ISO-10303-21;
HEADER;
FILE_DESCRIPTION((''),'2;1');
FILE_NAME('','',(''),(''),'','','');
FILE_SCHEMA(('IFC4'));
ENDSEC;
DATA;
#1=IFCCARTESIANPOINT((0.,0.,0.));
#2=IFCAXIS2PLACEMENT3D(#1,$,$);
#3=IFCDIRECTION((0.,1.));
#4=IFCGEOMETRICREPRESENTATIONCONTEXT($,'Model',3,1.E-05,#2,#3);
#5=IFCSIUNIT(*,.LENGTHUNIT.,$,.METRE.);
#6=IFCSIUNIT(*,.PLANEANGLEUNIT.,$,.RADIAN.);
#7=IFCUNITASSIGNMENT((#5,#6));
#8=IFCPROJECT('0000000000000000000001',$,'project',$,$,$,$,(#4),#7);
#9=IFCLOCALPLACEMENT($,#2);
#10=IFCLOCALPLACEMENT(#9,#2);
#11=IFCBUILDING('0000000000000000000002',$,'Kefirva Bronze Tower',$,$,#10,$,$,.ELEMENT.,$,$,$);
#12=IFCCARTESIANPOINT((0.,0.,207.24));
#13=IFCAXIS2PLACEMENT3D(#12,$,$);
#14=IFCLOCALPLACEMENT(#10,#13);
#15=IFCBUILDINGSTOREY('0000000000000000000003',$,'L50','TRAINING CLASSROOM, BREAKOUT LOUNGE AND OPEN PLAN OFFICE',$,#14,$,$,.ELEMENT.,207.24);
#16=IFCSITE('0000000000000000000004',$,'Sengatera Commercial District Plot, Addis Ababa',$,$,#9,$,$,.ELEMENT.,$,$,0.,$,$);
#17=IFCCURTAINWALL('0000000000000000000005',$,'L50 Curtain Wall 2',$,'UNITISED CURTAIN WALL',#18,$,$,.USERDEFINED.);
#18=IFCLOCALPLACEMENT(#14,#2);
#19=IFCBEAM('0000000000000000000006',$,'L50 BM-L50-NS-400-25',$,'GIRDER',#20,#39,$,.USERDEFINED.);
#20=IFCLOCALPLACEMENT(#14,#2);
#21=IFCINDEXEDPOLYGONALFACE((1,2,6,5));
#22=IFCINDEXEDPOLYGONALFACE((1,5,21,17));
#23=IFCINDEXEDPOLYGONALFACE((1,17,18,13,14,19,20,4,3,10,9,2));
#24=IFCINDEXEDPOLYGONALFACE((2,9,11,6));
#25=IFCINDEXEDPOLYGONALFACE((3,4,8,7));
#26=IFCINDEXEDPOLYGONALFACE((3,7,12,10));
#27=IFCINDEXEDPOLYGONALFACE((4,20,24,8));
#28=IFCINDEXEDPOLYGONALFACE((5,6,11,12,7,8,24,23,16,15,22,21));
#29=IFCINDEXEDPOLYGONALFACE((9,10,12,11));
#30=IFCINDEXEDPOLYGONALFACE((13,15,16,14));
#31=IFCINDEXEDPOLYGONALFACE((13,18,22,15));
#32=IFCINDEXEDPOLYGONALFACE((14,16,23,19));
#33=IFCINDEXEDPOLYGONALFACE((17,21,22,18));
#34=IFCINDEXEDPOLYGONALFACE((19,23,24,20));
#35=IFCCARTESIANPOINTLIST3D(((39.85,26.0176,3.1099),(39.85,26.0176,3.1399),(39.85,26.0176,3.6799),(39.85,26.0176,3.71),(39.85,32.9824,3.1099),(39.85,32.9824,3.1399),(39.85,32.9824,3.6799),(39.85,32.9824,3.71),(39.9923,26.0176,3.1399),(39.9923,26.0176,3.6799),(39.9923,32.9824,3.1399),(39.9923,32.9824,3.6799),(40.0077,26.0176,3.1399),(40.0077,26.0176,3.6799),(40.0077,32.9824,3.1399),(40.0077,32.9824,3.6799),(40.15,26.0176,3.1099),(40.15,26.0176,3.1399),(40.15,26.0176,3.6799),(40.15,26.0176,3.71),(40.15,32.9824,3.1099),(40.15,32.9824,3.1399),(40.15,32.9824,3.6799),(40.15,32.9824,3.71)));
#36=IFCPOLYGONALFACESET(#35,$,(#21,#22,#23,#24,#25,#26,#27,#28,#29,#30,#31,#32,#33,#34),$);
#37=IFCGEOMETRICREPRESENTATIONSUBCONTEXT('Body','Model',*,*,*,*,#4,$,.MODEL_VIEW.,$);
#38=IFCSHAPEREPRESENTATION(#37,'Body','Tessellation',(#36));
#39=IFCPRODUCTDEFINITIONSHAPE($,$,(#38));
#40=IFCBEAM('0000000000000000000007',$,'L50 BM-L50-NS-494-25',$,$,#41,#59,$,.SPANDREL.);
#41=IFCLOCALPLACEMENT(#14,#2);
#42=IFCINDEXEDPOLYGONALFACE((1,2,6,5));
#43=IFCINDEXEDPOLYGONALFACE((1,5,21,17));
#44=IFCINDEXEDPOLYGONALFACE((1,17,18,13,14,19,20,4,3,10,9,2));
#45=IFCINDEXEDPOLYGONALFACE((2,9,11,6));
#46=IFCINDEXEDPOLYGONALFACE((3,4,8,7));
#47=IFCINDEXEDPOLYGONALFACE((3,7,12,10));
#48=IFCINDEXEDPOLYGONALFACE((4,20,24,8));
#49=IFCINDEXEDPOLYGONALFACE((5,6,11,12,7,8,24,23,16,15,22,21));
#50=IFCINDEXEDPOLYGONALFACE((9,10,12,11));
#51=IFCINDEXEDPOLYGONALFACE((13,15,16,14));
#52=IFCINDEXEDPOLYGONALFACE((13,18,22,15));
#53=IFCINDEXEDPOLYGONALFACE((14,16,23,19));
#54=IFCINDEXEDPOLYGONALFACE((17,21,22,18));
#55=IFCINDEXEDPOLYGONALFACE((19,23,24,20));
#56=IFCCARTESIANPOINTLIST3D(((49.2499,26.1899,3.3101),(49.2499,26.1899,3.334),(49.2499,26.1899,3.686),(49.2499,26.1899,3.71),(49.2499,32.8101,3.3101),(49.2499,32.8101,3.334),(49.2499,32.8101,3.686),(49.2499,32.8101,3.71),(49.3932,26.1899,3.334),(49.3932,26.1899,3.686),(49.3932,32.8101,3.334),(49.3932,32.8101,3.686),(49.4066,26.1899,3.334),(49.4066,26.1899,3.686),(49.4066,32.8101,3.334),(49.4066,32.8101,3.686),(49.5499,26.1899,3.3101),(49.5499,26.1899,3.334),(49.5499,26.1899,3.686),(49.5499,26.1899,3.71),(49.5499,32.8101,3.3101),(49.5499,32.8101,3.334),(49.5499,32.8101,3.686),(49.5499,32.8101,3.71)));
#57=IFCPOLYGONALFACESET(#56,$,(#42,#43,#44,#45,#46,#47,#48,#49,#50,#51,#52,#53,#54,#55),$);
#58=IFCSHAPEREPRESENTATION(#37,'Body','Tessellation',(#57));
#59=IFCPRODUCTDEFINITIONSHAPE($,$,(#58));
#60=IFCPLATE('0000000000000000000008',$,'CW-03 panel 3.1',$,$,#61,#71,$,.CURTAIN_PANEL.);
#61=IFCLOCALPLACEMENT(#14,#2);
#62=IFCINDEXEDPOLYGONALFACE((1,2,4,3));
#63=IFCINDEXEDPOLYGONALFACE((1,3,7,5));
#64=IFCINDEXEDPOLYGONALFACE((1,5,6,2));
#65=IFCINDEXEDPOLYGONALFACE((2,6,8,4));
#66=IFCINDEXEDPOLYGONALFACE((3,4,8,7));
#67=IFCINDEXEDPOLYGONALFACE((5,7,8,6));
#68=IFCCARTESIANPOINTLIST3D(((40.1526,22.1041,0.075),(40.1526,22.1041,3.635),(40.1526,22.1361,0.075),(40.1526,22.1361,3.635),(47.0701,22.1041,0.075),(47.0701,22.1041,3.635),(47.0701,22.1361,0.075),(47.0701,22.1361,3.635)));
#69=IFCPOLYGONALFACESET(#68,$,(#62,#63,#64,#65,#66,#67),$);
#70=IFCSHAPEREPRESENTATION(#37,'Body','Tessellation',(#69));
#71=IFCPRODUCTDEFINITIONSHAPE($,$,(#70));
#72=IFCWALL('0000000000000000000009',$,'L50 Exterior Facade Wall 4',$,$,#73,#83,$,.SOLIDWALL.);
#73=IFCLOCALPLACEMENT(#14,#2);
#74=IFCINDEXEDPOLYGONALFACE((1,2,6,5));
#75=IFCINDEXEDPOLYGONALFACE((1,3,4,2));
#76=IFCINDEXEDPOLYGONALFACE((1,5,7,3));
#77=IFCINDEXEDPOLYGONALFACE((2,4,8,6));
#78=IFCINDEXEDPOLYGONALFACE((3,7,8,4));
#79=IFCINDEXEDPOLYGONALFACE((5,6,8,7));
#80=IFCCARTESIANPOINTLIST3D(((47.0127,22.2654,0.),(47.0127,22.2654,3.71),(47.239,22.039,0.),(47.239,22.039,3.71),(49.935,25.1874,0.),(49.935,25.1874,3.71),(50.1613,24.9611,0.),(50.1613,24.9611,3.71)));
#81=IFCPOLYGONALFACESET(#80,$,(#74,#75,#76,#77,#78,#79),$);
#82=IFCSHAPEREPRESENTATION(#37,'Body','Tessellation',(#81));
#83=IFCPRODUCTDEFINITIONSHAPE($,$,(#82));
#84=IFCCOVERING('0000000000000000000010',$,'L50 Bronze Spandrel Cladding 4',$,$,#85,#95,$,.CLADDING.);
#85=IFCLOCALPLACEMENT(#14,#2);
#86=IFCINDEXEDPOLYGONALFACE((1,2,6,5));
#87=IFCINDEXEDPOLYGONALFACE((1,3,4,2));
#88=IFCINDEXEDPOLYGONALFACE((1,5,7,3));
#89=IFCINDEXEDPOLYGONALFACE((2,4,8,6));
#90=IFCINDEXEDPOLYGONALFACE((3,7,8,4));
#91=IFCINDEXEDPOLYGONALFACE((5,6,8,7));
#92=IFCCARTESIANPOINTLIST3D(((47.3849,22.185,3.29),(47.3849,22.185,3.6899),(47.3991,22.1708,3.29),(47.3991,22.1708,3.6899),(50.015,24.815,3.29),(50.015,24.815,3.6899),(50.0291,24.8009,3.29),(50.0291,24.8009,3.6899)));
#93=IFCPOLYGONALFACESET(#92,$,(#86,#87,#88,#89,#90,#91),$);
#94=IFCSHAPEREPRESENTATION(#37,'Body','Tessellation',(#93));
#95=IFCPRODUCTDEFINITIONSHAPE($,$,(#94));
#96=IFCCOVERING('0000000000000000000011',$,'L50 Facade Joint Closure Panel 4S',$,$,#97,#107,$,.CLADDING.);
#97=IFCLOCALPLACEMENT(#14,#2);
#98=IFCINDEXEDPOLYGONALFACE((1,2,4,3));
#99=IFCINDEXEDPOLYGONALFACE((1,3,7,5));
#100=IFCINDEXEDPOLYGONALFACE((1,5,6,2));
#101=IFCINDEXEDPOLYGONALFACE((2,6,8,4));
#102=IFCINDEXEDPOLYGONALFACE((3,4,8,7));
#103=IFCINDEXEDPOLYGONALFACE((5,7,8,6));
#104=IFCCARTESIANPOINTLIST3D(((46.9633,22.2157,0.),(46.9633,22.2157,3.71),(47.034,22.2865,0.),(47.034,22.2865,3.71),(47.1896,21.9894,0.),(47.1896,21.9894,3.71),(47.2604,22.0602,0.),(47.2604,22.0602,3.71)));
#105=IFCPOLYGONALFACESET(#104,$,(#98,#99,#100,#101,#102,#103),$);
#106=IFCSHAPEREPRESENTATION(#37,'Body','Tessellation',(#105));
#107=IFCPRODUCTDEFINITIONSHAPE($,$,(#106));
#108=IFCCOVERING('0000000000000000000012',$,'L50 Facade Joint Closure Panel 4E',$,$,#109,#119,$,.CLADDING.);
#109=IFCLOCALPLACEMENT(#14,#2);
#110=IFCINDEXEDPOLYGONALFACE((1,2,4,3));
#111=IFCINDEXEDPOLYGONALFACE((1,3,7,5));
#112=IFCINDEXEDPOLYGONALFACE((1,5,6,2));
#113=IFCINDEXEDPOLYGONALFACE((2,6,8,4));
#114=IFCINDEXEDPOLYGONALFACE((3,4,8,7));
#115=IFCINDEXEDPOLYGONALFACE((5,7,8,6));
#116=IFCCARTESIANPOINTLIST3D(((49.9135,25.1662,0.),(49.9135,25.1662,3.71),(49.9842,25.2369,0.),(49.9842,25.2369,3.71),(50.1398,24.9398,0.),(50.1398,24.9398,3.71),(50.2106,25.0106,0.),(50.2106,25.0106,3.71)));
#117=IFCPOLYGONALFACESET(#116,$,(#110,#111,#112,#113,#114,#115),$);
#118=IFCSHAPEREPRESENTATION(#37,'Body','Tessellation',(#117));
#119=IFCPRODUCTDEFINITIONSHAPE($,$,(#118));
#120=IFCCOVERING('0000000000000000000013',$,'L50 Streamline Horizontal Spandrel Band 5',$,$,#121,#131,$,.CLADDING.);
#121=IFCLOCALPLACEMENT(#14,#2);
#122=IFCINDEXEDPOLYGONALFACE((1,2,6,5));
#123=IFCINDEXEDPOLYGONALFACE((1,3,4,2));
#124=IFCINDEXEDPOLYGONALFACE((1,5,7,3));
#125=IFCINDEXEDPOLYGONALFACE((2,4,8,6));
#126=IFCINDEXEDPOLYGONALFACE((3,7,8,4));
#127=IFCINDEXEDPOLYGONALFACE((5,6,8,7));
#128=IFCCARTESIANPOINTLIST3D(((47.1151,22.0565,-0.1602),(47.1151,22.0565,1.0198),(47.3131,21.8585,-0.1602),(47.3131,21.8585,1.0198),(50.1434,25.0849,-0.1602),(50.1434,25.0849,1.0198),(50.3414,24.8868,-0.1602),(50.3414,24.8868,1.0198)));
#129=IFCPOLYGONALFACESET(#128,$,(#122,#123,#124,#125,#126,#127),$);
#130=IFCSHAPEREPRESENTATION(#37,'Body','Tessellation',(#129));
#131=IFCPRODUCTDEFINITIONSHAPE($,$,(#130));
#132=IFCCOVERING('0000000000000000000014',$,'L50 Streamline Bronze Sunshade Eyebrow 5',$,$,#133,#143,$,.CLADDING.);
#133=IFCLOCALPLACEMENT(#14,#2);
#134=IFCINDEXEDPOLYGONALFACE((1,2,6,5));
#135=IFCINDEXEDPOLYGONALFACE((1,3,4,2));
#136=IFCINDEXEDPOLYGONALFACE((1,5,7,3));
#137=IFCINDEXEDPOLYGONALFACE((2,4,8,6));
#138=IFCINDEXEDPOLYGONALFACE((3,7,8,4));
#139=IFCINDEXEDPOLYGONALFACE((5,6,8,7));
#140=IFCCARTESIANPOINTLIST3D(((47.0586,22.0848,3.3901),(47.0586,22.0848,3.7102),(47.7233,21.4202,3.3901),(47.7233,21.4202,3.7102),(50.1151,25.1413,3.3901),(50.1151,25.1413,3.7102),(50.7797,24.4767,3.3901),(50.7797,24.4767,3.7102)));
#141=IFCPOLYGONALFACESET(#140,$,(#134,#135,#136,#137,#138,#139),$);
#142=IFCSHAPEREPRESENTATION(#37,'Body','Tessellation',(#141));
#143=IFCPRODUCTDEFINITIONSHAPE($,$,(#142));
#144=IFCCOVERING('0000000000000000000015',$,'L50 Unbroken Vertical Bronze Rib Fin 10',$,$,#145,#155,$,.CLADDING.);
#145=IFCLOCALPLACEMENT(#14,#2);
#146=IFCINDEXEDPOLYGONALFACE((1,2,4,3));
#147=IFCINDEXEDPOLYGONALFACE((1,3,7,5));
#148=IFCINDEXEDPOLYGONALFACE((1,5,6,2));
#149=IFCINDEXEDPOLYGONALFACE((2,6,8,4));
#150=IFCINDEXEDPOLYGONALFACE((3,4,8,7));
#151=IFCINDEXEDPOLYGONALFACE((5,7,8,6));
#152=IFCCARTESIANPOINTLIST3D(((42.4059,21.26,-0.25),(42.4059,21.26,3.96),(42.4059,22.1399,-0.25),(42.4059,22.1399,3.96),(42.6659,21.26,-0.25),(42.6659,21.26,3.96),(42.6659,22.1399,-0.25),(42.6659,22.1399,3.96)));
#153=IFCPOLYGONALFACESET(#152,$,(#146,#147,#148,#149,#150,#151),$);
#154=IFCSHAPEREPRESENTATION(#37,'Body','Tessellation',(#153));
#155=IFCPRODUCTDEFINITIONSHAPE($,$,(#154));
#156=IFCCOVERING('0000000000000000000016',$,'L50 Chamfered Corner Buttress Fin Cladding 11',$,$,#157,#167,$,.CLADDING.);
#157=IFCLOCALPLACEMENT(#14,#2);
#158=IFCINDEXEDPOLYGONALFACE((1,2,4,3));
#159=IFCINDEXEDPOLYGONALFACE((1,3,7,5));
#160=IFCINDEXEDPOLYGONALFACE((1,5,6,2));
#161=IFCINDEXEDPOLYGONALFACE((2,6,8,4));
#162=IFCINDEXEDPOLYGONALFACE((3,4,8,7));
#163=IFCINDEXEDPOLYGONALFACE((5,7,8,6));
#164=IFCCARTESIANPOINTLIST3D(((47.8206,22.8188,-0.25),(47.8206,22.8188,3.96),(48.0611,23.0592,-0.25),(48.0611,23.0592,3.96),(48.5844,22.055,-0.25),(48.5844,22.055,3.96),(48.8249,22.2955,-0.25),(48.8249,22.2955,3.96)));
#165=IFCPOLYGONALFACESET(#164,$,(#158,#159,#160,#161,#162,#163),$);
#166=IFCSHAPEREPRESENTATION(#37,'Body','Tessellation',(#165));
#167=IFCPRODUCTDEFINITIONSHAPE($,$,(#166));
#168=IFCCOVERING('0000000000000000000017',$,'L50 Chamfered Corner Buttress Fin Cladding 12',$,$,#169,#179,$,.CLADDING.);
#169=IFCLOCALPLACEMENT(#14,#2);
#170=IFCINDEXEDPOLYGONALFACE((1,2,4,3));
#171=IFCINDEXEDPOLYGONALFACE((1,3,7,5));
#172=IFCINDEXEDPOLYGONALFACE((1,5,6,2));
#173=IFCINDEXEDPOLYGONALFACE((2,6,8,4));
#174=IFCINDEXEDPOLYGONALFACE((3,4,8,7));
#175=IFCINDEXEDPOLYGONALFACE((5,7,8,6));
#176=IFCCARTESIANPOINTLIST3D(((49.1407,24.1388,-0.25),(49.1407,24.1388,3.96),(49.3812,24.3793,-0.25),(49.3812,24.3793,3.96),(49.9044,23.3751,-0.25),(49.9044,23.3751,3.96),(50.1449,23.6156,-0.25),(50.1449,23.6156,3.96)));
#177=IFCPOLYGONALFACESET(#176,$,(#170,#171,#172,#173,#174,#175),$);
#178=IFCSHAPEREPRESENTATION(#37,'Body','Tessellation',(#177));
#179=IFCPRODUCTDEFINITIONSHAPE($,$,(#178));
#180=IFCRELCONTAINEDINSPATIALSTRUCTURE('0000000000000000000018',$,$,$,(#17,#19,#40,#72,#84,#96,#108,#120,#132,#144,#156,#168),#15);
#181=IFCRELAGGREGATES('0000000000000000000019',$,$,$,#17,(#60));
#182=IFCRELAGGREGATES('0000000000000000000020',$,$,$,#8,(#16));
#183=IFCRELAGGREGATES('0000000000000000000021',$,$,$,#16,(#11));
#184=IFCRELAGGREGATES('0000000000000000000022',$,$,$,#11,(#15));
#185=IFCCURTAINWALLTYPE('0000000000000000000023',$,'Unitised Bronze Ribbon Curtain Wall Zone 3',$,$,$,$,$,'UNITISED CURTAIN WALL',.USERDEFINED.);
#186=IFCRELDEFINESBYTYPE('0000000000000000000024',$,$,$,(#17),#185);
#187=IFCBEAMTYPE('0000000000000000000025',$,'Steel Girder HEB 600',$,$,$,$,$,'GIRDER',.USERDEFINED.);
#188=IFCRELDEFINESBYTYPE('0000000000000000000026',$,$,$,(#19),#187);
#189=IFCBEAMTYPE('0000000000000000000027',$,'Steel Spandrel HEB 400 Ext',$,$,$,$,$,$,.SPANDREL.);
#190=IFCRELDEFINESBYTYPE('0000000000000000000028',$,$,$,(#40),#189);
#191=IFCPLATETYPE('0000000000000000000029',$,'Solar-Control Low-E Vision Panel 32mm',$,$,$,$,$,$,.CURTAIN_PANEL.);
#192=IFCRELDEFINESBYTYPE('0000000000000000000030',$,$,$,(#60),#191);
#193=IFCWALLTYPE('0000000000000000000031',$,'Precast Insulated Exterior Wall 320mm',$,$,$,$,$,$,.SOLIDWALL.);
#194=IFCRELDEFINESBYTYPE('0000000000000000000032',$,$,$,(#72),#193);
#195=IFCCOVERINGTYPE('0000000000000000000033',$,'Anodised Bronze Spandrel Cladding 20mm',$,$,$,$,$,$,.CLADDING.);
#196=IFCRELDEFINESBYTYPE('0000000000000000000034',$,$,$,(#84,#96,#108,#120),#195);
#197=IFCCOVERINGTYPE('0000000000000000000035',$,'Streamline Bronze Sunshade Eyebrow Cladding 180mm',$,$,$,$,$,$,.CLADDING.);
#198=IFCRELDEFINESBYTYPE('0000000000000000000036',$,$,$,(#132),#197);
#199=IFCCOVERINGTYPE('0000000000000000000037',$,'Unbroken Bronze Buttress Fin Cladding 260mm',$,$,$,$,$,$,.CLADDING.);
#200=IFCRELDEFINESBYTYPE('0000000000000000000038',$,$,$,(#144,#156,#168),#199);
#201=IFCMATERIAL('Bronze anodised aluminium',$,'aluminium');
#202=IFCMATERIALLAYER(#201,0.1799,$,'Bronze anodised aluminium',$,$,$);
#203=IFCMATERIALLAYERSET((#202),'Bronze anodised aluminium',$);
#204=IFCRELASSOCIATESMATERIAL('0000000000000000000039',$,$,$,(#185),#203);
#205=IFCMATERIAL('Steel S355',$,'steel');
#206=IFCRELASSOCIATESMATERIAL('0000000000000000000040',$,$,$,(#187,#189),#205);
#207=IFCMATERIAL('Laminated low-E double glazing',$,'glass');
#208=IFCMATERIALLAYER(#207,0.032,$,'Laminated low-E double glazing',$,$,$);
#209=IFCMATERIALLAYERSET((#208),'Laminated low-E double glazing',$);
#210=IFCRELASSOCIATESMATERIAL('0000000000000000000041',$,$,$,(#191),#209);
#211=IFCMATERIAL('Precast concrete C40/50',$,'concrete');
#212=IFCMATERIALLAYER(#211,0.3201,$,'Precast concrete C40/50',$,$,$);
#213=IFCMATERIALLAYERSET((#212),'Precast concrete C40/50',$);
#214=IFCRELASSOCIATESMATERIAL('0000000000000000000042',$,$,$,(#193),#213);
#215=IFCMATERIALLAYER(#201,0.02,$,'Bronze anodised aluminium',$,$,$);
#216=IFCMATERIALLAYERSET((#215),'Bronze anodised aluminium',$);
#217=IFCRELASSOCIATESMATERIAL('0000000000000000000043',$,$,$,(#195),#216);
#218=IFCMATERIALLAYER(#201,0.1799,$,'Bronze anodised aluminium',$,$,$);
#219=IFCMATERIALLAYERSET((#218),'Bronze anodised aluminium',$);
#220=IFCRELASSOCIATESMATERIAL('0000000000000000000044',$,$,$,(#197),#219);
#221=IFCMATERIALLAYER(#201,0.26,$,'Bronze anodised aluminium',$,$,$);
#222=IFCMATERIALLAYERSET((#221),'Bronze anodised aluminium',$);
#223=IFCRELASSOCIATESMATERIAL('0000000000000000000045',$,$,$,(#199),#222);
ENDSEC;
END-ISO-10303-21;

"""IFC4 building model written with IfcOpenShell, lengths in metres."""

from ifc_helpers import new_model, si_unit, direction, frame, frame_2d, origin, origin_2d, place, context, subcontext, project, spatial, rectangle, i_section, extrude, material, layer, layer_set, material_profile, profile_set, type_object, element, aggregate, save


model = new_model("IFC4")

# Units and contexts
model_context = context("Model", 3, precision=1e-05, world=origin(), true_north=direction((0.0, 1.0)))
body_context = subcontext(model_context, "Body", "Model", "MODEL_VIEW")
ifc_project = project(units=[si_unit("LENGTHUNIT", "METRE"), si_unit("PLANEANGLEUNIT", "RADIAN")], contexts=[model_context])

# Site, building, storey
site_placement = place(None, origin())
site = spatial("IfcSite", under=ifc_project, at=site_placement, Name="Sengatera Commercial District Plot, Addis Ababa", CompositionType="ELEMENT", RefElevation=0.0)
building_placement = place(site_placement, origin())
building = spatial("IfcBuilding", under=site, at=building_placement, Name="Kefirva Bronze Tower", CompositionType="ELEMENT")
storey_placement = place(building_placement, frame((0.0, 0.0, 207.24)))
storey = spatial("IfcBuildingStorey", under=building, at=storey_placement, Name="L50", Description="TRAINING CLASSROOM, BREAKOUT LOUNGE AND OPEN PLAN OFFICE", CompositionType="ELEMENT", Elevation=207.24)

# Curtain wall
ifc_material_1 = material(Name="Bronze anodised aluminium", Category="aluminium")
ifc_layer_1 = layer(ifc_material_1, 0.1799, Name="Bronze anodised aluminium")
ifc_layer_set_1 = layer_set([ifc_layer_1], Name="Bronze anodised aluminium")
curtain_wall_type = type_object("IfcCurtainWallType", Name="Unitised Bronze Ribbon Curtain Wall Zone 3", ElementType="UNITISED CURTAIN WALL", PredefinedType="USERDEFINED", material=ifc_layer_set_1)
curtain_wall_1_placement = place(storey_placement, origin())
curtain_wall_1 = element("IfcCurtainWall", 1, at=curtain_wall_1_placement, inside=storey, type_object=curtain_wall_type, Name="L50 Curtain Wall 2", ObjectType="UNITISED CURTAIN WALL", PredefinedType="USERDEFINED")

# Beams
ifc_material_2 = material(Name="Steel S355", Category="steel")
ifc_material_profile_1 = material_profile(ifc_material_2, i_section(OverallWidth=0.3, OverallDepth=0.6001, WebThickness=0.0154, FlangeThickness=0.03, at=origin_2d()), Name="HEB 600")
ifc_profile_set_1 = profile_set([ifc_material_profile_1], Name="Steel S355")
beam_type_1 = type_object("IfcBeamType", Name="Steel Girder HEB 600", ElementType="GIRDER", PredefinedType="USERDEFINED", material=ifc_profile_set_1)
beam_1_placement = place(storey_placement, frame((40.0, 26.0176, 3.4099), z_axis=(0.0, 1.0, 0.0), x_axis=(-1.0, 0.0, 0.0)))
element("IfcBeam", 2, at=beam_1_placement, inside=storey, type_object=beam_type_1, Name="L50 BM-L50-NS-400-25", ObjectType="GIRDER", PredefinedType="USERDEFINED", context=body_context, shape_type="SweptSolid", body=[
    extrude(i_section(OverallWidth=0.3, OverallDepth=0.6001, WebThickness=0.0154, FlangeThickness=0.03, at=origin_2d()), origin(), (0.0, 0.0, 1.0), 6.9648),
])
ifc_material_profile_2 = material_profile(ifc_material_2, i_section(OverallWidth=0.3, OverallDepth=0.3999, WebThickness=0.0134, FlangeThickness=0.0239, at=origin_2d()), Name="HEB 400")
ifc_profile_set_2 = profile_set([ifc_material_profile_2], Name="Steel S355")
beam_type_2 = type_object("IfcBeamType", Name="Steel Spandrel HEB 400 Ext", PredefinedType="SPANDREL", material=ifc_profile_set_2)
beam_2_placement = place(storey_placement, frame((49.3999, 26.1899, 3.51), z_axis=(0.0, 1.0, 0.0), x_axis=(-1.0, 0.0, 0.0)))
element("IfcBeam", 3, at=beam_2_placement, inside=storey, type_object=beam_type_2, Name="L50 BM-L50-NS-494-25", PredefinedType="SPANDREL", context=body_context, shape_type="SweptSolid", body=[
    extrude(i_section(OverallWidth=0.3, OverallDepth=0.3999, WebThickness=0.0134, FlangeThickness=0.0239, at=origin_2d()), origin(), (0.0, 0.0, 1.0), 6.6201),
])

# Plate
ifc_material_3 = material(Name="Laminated low-E double glazing", Category="glass")
ifc_layer_2 = layer(ifc_material_3, 0.032, Name="Laminated low-E double glazing")
ifc_layer_set_2 = layer_set([ifc_layer_2], Name="Laminated low-E double glazing")
plate_type = type_object("IfcPlateType", Name="Solar-Control Low-E Vision Panel 32mm", PredefinedType="CURTAIN_PANEL", material=ifc_layer_set_2)
plate_placement = place(storey_placement, frame((43.6113, 22.1201, 0.075), z_axis=(0.0, 0.0, 1.0), x_axis=(1.0, 0.0, 0.0)))
plate = element("IfcPlate", 4, at=plate_placement, type_object=plate_type, Name="CW-03 panel 3.1", PredefinedType="CURTAIN_PANEL", context=body_context, shape_type="SweptSolid", body=[
    extrude(rectangle(XDim=6.9175, YDim=0.032, at=origin_2d()), origin(), (0.0, 0.0, 1.0), 3.5601),
])
aggregate(curtain_wall_1, [plate])

# Wall
ifc_material_4 = material(Name="Precast concrete C40/50", Category="concrete")
ifc_layer_3 = layer(ifc_material_4, 0.3201, Name="Precast concrete C40/50")
ifc_layer_set_3 = layer_set([ifc_layer_3], Name="Precast concrete C40/50")
wall_type = type_object("IfcWallType", Name="Precast Insulated Exterior Wall 320mm", PredefinedType="SOLIDWALL", material=ifc_layer_set_3)
wall_placement = place(storey_placement, frame((47.1257, 22.1521, 0.0), z_axis=(0.0, 0.0, 1.0), x_axis=(0.707136, 0.707077, 0.0)))
element("IfcWall", 5, at=wall_placement, inside=storey, type_object=wall_type, Name="L50 Exterior Facade Wall 4", PredefinedType="SOLIDWALL", context=body_context, shape_type="SweptSolid", body=[
    extrude(rectangle(XDim=4.1326, YDim=0.3201, at=frame_2d((2.0664, 0.0))), origin(), (0.0, 0.0, 1.0), 3.71),
])

# Coverings
ifc_layer_4 = layer(ifc_material_1, 0.02, Name="Bronze anodised aluminium")
ifc_layer_set_4 = layer_set([ifc_layer_4], Name="Bronze anodised aluminium")
covering_type_1 = type_object("IfcCoveringType", Name="Anodised Bronze Spandrel Cladding 20mm", PredefinedType="CLADDING", material=ifc_layer_set_4)
covering_1_placement = place(storey_placement, frame((48.707, 23.4929, 3.29), z_axis=(0.0, 0.0, 1.0), x_axis=(0.707107, 0.707107, 0.0)))
element("IfcCovering", 6, at=covering_1_placement, inside=storey, type_object=covering_type_1, Name="L50 Bronze Spandrel Cladding 4", PredefinedType="CLADDING", context=body_context, shape_type="SweptSolid", body=[
    extrude(rectangle(XDim=3.7195, YDim=0.02, at=origin_2d()), origin(), (0.0, 0.0, 1.0), 0.3999),
])
for number, where, z_axis, x_axis, name in (
    (7, (47.1118, 22.1379, 0.0), (0.0, 0.0, 1.0), (0.707107, 0.707107, 0.0), "L50 Facade Joint Closure Panel 4S"),
    (8, (50.062, 25.0884, 0.0), (0.0, 0.0, 1.0), (0.707107, 0.707107, 0.0), "L50 Facade Joint Closure Panel 4E"),
):
    element("IfcCovering", number, at=place(storey_placement, frame(where, z_axis=z_axis, x_axis=x_axis)), inside=storey, type_object=covering_type_1, Name=name, PredefinedType="CLADDING", context=body_context, shape_type="SweptSolid", body=[
        extrude(rectangle(XDim=0.1001, YDim=0.3201, at=origin_2d()), origin(), (0.0, 0.0, 1.0), 3.71),
    ])
covering_2_placement = place(storey_placement, frame((48.7283, 23.4717, -0.1602), z_axis=(0.0, 0.0, 1.0), x_axis=(0.707107, 0.707107, 0.0)))
element("IfcCovering", 9, at=covering_2_placement, inside=storey, type_object=covering_type_1, Name="L50 Streamline Horizontal Spandrel Band 5", PredefinedType="CLADDING", context=body_context, shape_type="SweptSolid", body=[
    extrude(rectangle(XDim=4.2827, YDim=0.28, at=origin_2d()), origin(), (0.0, 0.0, 1.0), 1.1799),
])
ifc_layer_5 = layer(ifc_material_1, 0.1799, Name="Bronze anodised aluminium")
ifc_layer_set_5 = layer_set([ifc_layer_5], Name="Bronze anodised aluminium")
covering_type_2 = type_object("IfcCoveringType", Name="Streamline Bronze Sunshade Eyebrow Cladding 180mm", PredefinedType="CLADDING", material=ifc_layer_set_5)
covering_3_placement = place(storey_placement, frame((48.9192, 23.2808, 3.3901), z_axis=(0.0, 0.0, 1.0), x_axis=(0.707107, 0.707107, 0.0)))
element("IfcCovering", 10, at=covering_3_placement, inside=storey, type_object=covering_type_2, Name="L50 Streamline Bronze Sunshade Eyebrow 5", PredefinedType="CLADDING", context=body_context, shape_type="SweptSolid", body=[
    extrude(rectangle(XDim=4.3225, YDim=0.9399, at=origin_2d()), origin(), (0.0, 0.0, 1.0), 0.3201),
])
ifc_layer_6 = layer(ifc_material_1, 0.26, Name="Bronze anodised aluminium")
ifc_layer_set_6 = layer_set([ifc_layer_6], Name="Bronze anodised aluminium")
covering_type_3 = type_object("IfcCoveringType", Name="Unbroken Bronze Buttress Fin Cladding 260mm", PredefinedType="CLADDING", material=ifc_layer_set_6)
covering_4_placement = place(storey_placement, frame((42.5359, 21.7, -0.25), z_axis=(0.0, 0.0, 1.0), x_axis=(1.0, 0.0, 0.0)))
element("IfcCovering", 11, at=covering_4_placement, inside=storey, type_object=covering_type_3, Name="L50 Unbroken Vertical Bronze Rib Fin 10", PredefinedType="CLADDING", context=body_context, shape_type="SweptSolid", body=[
    extrude(rectangle(XDim=0.26, YDim=0.8799, at=origin_2d()), origin(), (0.0, 0.0, 1.0), 4.21),
])
for number, where, z_axis, x_axis, name in (
    (12, (48.3228, 22.5571, -0.25), (0.0, 0.0, 1.0), (0.707107, 0.707107, 0.0), "L50 Chamfered Corner Buttress Fin Cladding 11"),
    (13, (49.6428, 23.8772, -0.25), (0.0, 0.0, 1.0), (0.707107, 0.707107, 0.0), "L50 Chamfered Corner Buttress Fin Cladding 12"),
):
    element("IfcCovering", number, at=place(storey_placement, frame(where, z_axis=z_axis, x_axis=x_axis)), inside=storey, type_object=covering_type_3, Name=name, PredefinedType="CLADDING", context=body_context, shape_type="SweptSolid", body=[
        extrude(rectangle(XDim=0.3401, YDim=1.0801, at=origin_2d()), origin(), (0.0, 0.0, 1.0), 4.21),
    ])

save(model, "model.ifc")
